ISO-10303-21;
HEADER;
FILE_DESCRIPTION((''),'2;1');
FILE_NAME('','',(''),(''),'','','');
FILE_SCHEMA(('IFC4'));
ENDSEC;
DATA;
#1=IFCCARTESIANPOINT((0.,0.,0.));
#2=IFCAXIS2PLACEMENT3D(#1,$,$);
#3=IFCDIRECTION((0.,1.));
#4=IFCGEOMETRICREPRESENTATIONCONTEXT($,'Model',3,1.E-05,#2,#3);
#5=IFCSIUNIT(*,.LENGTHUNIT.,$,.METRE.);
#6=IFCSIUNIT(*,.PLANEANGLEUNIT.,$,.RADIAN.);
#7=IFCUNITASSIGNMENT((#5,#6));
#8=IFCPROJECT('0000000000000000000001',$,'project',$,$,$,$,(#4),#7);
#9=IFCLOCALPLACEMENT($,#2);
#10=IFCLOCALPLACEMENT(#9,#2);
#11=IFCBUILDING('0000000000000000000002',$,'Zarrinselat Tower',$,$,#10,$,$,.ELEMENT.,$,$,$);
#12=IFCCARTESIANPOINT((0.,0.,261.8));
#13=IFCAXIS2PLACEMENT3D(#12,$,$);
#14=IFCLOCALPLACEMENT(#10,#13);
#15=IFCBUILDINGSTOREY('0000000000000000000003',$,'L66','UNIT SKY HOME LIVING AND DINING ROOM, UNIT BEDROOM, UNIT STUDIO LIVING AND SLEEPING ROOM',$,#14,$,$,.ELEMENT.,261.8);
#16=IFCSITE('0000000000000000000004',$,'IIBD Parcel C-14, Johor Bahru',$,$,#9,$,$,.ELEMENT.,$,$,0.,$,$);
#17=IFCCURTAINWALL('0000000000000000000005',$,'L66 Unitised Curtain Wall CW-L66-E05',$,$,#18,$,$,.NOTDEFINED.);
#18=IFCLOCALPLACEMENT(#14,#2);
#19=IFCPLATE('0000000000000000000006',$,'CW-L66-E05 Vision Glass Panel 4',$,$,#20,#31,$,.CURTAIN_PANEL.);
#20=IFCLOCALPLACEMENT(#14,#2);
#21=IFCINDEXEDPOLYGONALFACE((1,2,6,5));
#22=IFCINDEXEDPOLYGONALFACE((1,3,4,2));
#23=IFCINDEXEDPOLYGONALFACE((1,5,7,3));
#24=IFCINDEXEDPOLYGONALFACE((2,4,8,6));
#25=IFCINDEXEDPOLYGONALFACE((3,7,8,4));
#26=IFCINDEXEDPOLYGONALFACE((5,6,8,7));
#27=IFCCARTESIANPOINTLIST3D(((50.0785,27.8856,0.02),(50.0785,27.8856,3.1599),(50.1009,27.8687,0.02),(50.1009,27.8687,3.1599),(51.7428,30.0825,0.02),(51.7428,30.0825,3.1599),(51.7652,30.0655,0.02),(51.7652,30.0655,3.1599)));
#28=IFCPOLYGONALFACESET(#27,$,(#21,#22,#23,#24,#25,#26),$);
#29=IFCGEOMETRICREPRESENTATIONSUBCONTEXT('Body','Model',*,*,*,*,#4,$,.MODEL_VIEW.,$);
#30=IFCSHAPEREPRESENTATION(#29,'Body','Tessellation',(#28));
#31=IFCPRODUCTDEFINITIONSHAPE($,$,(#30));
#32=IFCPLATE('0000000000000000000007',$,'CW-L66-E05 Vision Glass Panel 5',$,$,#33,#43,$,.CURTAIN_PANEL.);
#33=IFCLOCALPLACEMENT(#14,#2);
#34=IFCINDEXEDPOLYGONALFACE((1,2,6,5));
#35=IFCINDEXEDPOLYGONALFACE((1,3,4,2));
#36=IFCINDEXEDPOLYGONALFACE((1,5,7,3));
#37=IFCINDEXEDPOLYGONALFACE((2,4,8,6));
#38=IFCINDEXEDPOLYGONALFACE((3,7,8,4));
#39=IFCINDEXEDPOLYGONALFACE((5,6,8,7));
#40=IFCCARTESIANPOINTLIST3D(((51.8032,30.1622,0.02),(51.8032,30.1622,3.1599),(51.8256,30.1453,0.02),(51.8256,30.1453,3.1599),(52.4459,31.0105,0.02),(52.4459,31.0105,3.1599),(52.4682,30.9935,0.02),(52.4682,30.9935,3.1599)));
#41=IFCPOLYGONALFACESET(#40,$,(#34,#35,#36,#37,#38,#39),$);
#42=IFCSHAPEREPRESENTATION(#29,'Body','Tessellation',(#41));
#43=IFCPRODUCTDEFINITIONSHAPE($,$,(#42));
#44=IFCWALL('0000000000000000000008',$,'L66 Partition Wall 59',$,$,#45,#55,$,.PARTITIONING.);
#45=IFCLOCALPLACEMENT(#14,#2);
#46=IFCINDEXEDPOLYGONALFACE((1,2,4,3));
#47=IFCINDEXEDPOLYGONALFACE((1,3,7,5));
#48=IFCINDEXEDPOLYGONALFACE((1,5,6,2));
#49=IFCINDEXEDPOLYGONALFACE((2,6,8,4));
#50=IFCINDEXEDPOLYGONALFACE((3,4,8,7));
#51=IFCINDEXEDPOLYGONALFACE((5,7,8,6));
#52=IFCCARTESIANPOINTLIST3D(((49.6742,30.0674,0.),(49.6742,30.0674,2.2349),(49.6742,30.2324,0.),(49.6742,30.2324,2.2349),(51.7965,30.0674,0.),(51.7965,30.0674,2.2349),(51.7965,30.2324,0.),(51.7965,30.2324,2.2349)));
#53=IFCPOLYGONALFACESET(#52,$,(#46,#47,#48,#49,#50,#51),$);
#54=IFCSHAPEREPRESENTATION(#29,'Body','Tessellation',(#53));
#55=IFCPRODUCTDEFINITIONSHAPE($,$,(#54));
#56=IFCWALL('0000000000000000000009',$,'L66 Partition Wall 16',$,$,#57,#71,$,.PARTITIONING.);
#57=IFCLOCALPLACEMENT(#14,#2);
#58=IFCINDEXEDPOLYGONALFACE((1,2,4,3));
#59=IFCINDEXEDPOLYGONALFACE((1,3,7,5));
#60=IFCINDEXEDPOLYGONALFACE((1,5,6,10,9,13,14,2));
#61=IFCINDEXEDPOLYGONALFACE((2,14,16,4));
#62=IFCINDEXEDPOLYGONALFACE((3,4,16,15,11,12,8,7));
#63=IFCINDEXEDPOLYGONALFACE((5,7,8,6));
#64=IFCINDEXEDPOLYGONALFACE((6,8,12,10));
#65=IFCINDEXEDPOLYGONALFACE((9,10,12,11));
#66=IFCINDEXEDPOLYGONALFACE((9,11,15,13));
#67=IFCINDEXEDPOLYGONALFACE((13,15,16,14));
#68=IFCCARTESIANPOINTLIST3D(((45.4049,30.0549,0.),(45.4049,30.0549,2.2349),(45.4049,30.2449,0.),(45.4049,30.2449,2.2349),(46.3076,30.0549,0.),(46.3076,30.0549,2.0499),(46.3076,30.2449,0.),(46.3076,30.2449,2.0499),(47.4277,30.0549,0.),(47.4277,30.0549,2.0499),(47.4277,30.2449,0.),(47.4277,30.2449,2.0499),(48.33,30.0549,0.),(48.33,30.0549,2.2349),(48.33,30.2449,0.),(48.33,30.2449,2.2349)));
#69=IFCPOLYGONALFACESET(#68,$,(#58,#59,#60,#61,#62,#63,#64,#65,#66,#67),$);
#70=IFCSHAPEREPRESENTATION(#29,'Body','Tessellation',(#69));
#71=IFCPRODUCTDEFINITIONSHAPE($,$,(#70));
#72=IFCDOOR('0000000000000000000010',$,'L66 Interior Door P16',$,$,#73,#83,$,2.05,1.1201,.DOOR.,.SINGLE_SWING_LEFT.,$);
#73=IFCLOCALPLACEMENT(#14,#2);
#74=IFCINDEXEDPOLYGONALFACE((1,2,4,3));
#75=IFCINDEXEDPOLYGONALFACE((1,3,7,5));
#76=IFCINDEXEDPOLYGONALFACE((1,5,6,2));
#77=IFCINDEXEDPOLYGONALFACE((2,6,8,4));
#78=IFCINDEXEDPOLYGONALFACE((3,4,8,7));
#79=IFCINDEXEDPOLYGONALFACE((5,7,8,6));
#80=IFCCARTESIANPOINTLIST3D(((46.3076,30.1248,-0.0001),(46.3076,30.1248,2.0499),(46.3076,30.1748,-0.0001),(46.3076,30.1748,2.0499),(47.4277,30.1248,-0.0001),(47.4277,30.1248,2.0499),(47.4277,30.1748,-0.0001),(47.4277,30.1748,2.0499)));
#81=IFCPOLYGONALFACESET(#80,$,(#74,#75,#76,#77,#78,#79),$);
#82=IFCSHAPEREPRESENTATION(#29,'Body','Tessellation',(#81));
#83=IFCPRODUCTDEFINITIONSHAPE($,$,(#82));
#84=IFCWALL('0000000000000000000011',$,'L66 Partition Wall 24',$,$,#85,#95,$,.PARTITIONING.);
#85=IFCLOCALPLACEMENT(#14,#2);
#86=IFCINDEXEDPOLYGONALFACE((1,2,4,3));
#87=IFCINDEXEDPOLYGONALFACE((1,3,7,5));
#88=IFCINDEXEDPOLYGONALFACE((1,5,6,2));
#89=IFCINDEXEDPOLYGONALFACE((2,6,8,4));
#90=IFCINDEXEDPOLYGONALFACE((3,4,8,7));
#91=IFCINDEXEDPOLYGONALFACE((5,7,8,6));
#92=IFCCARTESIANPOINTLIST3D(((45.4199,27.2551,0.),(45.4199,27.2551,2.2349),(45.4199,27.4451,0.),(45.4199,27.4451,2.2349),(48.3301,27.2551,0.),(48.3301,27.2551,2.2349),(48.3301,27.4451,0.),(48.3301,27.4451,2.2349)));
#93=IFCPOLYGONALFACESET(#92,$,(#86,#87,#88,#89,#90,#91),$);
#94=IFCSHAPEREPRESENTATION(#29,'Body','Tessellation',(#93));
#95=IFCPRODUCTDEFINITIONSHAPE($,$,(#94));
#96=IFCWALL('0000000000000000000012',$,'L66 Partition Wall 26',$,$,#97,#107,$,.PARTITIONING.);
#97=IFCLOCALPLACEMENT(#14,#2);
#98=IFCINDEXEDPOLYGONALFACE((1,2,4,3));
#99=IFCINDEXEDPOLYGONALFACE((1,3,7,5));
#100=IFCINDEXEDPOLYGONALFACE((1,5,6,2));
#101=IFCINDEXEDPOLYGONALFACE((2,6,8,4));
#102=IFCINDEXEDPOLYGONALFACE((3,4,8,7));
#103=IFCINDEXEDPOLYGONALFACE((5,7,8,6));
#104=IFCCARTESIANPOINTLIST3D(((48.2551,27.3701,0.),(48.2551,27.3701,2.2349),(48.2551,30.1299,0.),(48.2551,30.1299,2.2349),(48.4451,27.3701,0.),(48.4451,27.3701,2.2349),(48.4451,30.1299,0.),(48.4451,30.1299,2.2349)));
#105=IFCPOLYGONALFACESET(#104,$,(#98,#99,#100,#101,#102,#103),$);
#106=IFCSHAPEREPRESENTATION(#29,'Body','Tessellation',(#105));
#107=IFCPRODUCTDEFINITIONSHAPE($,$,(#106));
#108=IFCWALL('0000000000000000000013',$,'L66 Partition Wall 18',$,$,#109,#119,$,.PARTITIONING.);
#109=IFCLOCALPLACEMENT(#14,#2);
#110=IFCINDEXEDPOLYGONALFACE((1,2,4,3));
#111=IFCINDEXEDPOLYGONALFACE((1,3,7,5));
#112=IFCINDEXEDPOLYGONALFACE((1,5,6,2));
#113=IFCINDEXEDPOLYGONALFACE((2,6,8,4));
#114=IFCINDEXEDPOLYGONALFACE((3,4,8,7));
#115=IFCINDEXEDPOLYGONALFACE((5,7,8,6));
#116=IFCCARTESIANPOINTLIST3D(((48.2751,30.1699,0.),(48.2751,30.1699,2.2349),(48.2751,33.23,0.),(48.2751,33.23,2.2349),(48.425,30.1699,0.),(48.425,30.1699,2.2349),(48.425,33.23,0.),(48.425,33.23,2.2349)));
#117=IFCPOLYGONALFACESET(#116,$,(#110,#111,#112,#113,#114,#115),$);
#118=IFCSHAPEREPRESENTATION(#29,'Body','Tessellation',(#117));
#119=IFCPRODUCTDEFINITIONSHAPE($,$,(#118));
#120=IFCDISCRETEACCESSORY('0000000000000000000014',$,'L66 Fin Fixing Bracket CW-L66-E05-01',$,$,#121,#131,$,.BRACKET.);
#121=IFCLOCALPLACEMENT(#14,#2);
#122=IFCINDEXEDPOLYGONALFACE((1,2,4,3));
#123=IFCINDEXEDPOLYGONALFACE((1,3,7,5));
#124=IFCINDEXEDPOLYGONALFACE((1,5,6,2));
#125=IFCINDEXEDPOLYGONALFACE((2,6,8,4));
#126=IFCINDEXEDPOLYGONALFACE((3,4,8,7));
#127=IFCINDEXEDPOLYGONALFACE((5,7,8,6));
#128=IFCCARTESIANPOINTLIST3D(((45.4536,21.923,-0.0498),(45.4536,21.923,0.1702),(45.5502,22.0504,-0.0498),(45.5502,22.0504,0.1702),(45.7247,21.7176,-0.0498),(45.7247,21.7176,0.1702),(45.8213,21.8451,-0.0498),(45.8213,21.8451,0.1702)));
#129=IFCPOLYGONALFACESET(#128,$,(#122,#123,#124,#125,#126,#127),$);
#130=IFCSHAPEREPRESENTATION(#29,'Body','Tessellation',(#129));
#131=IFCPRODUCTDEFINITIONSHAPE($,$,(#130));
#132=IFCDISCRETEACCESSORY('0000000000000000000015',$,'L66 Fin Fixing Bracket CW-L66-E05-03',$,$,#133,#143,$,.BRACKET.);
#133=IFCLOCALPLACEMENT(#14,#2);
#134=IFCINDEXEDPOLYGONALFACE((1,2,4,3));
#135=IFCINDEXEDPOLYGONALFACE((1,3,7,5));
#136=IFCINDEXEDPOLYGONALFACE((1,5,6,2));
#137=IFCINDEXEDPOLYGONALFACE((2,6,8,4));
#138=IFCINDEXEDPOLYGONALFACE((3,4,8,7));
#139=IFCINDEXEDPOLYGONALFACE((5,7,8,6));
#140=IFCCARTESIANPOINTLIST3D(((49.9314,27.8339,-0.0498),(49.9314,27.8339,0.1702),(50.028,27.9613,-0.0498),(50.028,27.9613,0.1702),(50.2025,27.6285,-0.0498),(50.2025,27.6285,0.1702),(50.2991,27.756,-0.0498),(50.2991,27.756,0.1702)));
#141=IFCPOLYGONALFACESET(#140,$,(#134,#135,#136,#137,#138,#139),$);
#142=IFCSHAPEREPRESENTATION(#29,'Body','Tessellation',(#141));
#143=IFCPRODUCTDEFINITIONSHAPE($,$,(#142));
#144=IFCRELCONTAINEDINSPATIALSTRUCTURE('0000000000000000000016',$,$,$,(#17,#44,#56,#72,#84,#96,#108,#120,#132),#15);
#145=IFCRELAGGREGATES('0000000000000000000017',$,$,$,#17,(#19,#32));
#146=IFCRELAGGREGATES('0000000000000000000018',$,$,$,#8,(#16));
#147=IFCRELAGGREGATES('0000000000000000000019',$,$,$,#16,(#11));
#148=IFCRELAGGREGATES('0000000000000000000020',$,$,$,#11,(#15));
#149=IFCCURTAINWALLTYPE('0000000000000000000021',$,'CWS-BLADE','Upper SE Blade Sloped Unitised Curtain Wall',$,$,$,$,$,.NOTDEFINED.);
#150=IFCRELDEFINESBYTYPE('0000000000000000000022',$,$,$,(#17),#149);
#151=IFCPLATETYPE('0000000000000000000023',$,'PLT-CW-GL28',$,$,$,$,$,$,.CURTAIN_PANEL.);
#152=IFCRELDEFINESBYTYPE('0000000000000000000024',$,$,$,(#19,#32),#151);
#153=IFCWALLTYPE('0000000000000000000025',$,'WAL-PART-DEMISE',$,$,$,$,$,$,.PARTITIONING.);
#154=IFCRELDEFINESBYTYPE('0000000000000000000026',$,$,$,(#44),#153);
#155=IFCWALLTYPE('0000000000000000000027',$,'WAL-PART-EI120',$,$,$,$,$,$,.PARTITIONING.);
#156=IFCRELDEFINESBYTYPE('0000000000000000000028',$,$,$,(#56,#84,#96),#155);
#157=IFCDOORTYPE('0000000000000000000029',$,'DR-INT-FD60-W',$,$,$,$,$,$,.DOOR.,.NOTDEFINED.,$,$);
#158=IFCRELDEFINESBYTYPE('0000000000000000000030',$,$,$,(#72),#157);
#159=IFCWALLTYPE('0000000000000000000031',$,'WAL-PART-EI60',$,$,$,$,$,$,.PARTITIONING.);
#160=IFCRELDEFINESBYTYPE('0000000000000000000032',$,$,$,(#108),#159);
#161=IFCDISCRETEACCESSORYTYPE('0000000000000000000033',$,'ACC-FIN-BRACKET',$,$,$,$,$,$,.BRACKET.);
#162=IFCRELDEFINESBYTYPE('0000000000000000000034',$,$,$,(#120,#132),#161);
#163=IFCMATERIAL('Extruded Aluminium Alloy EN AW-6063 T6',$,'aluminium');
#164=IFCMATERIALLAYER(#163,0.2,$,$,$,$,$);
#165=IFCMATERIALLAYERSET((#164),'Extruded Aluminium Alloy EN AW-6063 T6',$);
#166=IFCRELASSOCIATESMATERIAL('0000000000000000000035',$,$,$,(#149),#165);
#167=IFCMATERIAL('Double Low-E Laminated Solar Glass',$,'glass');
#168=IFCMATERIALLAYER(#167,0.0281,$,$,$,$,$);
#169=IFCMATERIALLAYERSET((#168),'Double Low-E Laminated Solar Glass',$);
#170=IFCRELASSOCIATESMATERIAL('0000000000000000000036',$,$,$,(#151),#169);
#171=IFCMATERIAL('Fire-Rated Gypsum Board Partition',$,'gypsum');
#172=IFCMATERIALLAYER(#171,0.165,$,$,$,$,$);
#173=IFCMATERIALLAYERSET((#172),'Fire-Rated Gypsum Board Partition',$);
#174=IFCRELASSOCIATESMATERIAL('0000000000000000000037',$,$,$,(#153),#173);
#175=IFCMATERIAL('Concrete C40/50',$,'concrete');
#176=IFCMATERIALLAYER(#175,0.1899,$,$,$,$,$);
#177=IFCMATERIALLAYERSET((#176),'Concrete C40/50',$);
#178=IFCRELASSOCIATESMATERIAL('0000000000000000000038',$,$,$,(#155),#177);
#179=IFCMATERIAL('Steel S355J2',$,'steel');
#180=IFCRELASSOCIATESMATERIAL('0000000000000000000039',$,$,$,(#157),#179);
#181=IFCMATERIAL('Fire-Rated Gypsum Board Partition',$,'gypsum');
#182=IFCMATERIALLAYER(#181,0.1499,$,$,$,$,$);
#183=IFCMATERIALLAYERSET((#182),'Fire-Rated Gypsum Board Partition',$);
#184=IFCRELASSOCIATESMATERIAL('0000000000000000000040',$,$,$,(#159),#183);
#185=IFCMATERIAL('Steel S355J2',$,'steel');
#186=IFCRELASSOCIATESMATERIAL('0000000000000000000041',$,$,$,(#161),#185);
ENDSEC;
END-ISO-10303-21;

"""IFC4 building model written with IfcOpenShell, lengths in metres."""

from ifc_helpers import new_model, si_unit, direction, frame, frame_2d, origin, origin_2d, place, context, subcontext, project, spatial, rectangle, extrude, material, layer, layer_set, type_object, element, fill, aggregate, save


model = new_model("IFC4")

# Units and contexts
model_context = context("Model", 3, precision=1e-05, world=origin(), true_north=direction((0.0, 1.0)))
body_context = subcontext(model_context, "Body", "Model", "MODEL_VIEW")
ifc_project = project(units=[si_unit("LENGTHUNIT", "METRE"), si_unit("PLANEANGLEUNIT", "RADIAN")], contexts=[model_context])

# Site, building, storey
site_placement = place(None, origin())
site = spatial("IfcSite", under=ifc_project, at=site_placement, Name="IIBD Parcel C-14, Johor Bahru", CompositionType="ELEMENT", RefElevation=0.0)
building_placement = place(site_placement, origin())
building = spatial("IfcBuilding", under=site, at=building_placement, Name="Zarrinselat Tower", CompositionType="ELEMENT")
storey_placement = place(building_placement, frame((0.0, 0.0, 261.8)))
storey = spatial("IfcBuildingStorey", under=building, at=storey_placement, Name="L66", Description="UNIT SKY HOME LIVING AND DINING ROOM, UNIT BEDROOM, UNIT STUDIO LIVING AND SLEEPING ROOM", CompositionType="ELEMENT", Elevation=261.8)

# Curtain wall, plates
ifc_material_1 = material(Name="Extruded Aluminium Alloy EN AW-6063 T6", Category="aluminium")
ifc_layer_1 = layer(ifc_material_1, 0.2)
ifc_layer_set_1 = layer_set([ifc_layer_1], Name="Extruded Aluminium Alloy EN AW-6063 T6")
curtain_wall_type = type_object("IfcCurtainWallType", Name="CWS-BLADE", Description="Upper SE Blade Sloped Unitised Curtain Wall", PredefinedType="NOTDEFINED", material=ifc_layer_set_1)
curtain_wall_placement = place(storey_placement, origin())
curtain_wall = element("IfcCurtainWall", 1, at=curtain_wall_placement, inside=storey, type_object=curtain_wall_type, Name="L66 Unitised Curtain Wall CW-L66-E05", PredefinedType="NOTDEFINED")
ifc_material_2 = material(Name="Double Low-E Laminated Solar Glass", Category="glass")
ifc_layer_2 = layer(ifc_material_2, 0.0281)
ifc_layer_set_2 = layer_set([ifc_layer_2], Name="Double Low-E Laminated Solar Glass")
plate_type = type_object("IfcPlateType", Name="PLT-CW-GL28", PredefinedType="CURTAIN_PANEL", material=ifc_layer_set_2)
plate_1_placement = place(storey_placement, frame((50.9219, 28.9756, 0.02), z_axis=(0.0, 0.0, 1.0), x_axis=(0.60386, 0.797091, 0.0)))
plate_1 = element("IfcPlate", 2, at=plate_1_placement, type_object=plate_type, Name="CW-L66-E05 Vision Glass Panel 4", PredefinedType="CURTAIN_PANEL", context=body_context, shape_type="SweptSolid", body=[
    extrude(rectangle(XDim=2.7561, YDim=0.0281, at=origin_2d()), origin(), (0.0, 0.0, 1.0), 3.1399),
])
plate_2_placement = place(storey_placement, frame((52.1357, 30.5779, 0.02), z_axis=(0.0, 0.0, 1.0), x_axis=(0.60386, 0.797091, 0.0)))
plate_2 = element("IfcPlate", 3, at=plate_2_placement, type_object=plate_type, Name="CW-L66-E05 Vision Glass Panel 5", PredefinedType="CURTAIN_PANEL", context=body_context, shape_type="SweptSolid", body=[
    extrude(rectangle(XDim=1.0642, YDim=0.0281, at=origin_2d()), origin(), (0.0, 0.0, 1.0), 3.1399),
])
aggregate(curtain_wall, [plate_1, plate_2])

# Wall
ifc_material_3 = material(Name="Fire-Rated Gypsum Board Partition", Category="gypsum")
ifc_layer_3 = layer(ifc_material_3, 0.165)
ifc_layer_set_3 = layer_set([ifc_layer_3], Name="Fire-Rated Gypsum Board Partition")
wall_type_1 = type_object("IfcWallType", Name="WAL-PART-DEMISE", PredefinedType="PARTITIONING", material=ifc_layer_set_3)
wall_1_placement = place(storey_placement, frame((49.6743, 30.1499, 0.0), z_axis=(0.0, 0.0, 1.0), x_axis=(1.0, 0.0, 0.0)))
element("IfcWall", 4, at=wall_1_placement, inside=storey, type_object=wall_type_1, Name="L66 Partition Wall 59", PredefinedType="PARTITIONING", context=body_context, shape_type="SweptSolid", body=[
    extrude(rectangle(XDim=2.1223, YDim=0.165, at=frame_2d((1.061, 0.0))), origin(), (0.0, 0.0, 1.0), 2.2349),
])

# Wall, opening, door
ifc_material_4 = material(Name="Concrete C40/50", Category="concrete")
ifc_layer_4 = layer(ifc_material_4, 0.1899)
ifc_layer_set_4 = layer_set([ifc_layer_4], Name="Concrete C40/50")
wall_type_2 = type_object("IfcWallType", Name="WAL-PART-EI120", PredefinedType="PARTITIONING", material=ifc_layer_set_4)
wall_2_placement = place(storey_placement, frame((45.405, 30.1499, 0.0), z_axis=(0.0, 0.0, 1.0), x_axis=(1.0, 0.0, 0.0)))
wall_2 = element("IfcWall", 5, at=wall_2_placement, inside=storey, type_object=wall_type_2, Name="L66 Partition Wall 16", PredefinedType="PARTITIONING", context=body_context, shape_type="SweptSolid", body=[
    extrude(rectangle(XDim=2.925, YDim=0.1899, at=frame_2d((1.4624, 0.0))), origin(), (0.0, 0.0, 1.0), 2.2349),
])
opening_placement = place(wall_2_placement, frame((0.9026, 0.0, 0.0)))
opening = element("IfcOpeningElement", 6, at=opening_placement, cuts=wall_2, PredefinedType="OPENING", context=body_context, shape_type="SweptSolid", body=[
    extrude(rectangle(XDim=1.1201, YDim=2.05, at=frame_2d((0.5601, 1.0249))), frame((0.0, 0.105, 0.0), z_axis=(0.0, -1.0, 0.0), x_axis=(1.0, 0.0, 0.0)), (0.0, 0.0, 1.0), 0.21),
])
ifc_material_5 = material(Name="Steel S355J2", Category="steel")
door_type = type_object("IfcDoorType", Name="DR-INT-FD60-W", OperationType="NOTDEFINED", PredefinedType="DOOR", material=ifc_material_5)
door_placement = place(opening_placement, origin())
door = element("IfcDoor", 7, at=door_placement, inside=storey, type_object=door_type, Name="L66 Interior Door P16", OperationType="SINGLE_SWING_LEFT", OverallHeight=2.05, OverallWidth=1.1201, PredefinedType="DOOR", context=body_context, shape_type="SweptSolid", body=[
    extrude(rectangle(XDim=1.1201, YDim=2.05, at=frame_2d((0.5601, 1.0249))), frame((0.0, 0.0249, 0.0), z_axis=(0.0, -1.0, 0.0), x_axis=(1.0, 0.0, 0.0)), (0.0, 0.0, 1.0), 0.05),
])
fill(opening, door)

# Walls
wall_3_placement = place(storey_placement, frame((45.4199, 27.3501, 0.0), z_axis=(0.0, 0.0, 1.0), x_axis=(1.0, 0.0, 0.0)))
element("IfcWall", 8, at=wall_3_placement, inside=storey, type_object=wall_type_2, Name="L66 Partition Wall 24", PredefinedType="PARTITIONING", context=body_context, shape_type="SweptSolid", body=[
    extrude(rectangle(XDim=2.9102, YDim=0.1899, at=frame_2d((1.4551, 0.0))), origin(), (0.0, 0.0, 1.0), 2.2349),
])
wall_4_placement = place(storey_placement, frame((48.3501, 27.3701, 0.0), z_axis=(0.0, 0.0, 1.0), x_axis=(0.0, 1.0, 0.0)))
element("IfcWall", 9, at=wall_4_placement, inside=storey, type_object=wall_type_2, Name="L66 Partition Wall 26", PredefinedType="PARTITIONING", context=body_context, shape_type="SweptSolid", body=[
    extrude(rectangle(XDim=2.7598, YDim=0.1899, at=frame_2d((1.3799, 0.0))), origin(), (0.0, 0.0, 1.0), 2.2349),
])
ifc_material_6 = material(Name="Fire-Rated Gypsum Board Partition", Category="gypsum")
ifc_layer_5 = layer(ifc_material_6, 0.1499)
ifc_layer_set_5 = layer_set([ifc_layer_5], Name="Fire-Rated Gypsum Board Partition")
wall_type_3 = type_object("IfcWallType", Name="WAL-PART-EI60", PredefinedType="PARTITIONING", material=ifc_layer_set_5)
wall_5_placement = place(storey_placement, frame((48.3501, 30.1699, 0.0), z_axis=(0.0, 0.0, 1.0), x_axis=(0.0, 1.0, 0.0)))
element("IfcWall", 10, at=wall_5_placement, inside=storey, type_object=wall_type_3, Name="L66 Partition Wall 18", PredefinedType="PARTITIONING", context=body_context, shape_type="SweptSolid", body=[
    extrude(rectangle(XDim=3.0601, YDim=0.1499, at=frame_2d((1.53, 0.0))), origin(), (0.0, 0.0, 1.0), 2.2349),
])

# Discrete accessories
ifc_material_7 = material(Name="Steel S355J2", Category="steel")
discrete_accessory_type = type_object("IfcDiscreteAccessoryType", Name="ACC-FIN-BRACKET", PredefinedType="BRACKET", material=ifc_material_7)
for number, where, z_axis, x_axis, name in (
    (11, (45.6375, 21.884, -0.0498), (0.0, 0.0, 1.0), (0.797091, -0.60386, 0.0), "L66 Fin Fixing Bracket CW-L66-E05-01"),
    (12, (50.1152, 27.7949, -0.0498), (0.0, 0.0, 1.0), (0.797091, -0.60386, 0.0), "L66 Fin Fixing Bracket CW-L66-E05-03"),
):
    element("IfcDiscreteAccessory", number, at=place(storey_placement, frame(where, z_axis=z_axis, x_axis=x_axis)), inside=storey, type_object=discrete_accessory_type, Name=name, PredefinedType="BRACKET", context=body_context, shape_type="SweptSolid", body=[
        extrude(rectangle(XDim=0.3401, YDim=0.1599, at=origin_2d()), origin(), (0.0, 0.0, 1.0), 0.22),
    ])

save(model, "model.ifc")
